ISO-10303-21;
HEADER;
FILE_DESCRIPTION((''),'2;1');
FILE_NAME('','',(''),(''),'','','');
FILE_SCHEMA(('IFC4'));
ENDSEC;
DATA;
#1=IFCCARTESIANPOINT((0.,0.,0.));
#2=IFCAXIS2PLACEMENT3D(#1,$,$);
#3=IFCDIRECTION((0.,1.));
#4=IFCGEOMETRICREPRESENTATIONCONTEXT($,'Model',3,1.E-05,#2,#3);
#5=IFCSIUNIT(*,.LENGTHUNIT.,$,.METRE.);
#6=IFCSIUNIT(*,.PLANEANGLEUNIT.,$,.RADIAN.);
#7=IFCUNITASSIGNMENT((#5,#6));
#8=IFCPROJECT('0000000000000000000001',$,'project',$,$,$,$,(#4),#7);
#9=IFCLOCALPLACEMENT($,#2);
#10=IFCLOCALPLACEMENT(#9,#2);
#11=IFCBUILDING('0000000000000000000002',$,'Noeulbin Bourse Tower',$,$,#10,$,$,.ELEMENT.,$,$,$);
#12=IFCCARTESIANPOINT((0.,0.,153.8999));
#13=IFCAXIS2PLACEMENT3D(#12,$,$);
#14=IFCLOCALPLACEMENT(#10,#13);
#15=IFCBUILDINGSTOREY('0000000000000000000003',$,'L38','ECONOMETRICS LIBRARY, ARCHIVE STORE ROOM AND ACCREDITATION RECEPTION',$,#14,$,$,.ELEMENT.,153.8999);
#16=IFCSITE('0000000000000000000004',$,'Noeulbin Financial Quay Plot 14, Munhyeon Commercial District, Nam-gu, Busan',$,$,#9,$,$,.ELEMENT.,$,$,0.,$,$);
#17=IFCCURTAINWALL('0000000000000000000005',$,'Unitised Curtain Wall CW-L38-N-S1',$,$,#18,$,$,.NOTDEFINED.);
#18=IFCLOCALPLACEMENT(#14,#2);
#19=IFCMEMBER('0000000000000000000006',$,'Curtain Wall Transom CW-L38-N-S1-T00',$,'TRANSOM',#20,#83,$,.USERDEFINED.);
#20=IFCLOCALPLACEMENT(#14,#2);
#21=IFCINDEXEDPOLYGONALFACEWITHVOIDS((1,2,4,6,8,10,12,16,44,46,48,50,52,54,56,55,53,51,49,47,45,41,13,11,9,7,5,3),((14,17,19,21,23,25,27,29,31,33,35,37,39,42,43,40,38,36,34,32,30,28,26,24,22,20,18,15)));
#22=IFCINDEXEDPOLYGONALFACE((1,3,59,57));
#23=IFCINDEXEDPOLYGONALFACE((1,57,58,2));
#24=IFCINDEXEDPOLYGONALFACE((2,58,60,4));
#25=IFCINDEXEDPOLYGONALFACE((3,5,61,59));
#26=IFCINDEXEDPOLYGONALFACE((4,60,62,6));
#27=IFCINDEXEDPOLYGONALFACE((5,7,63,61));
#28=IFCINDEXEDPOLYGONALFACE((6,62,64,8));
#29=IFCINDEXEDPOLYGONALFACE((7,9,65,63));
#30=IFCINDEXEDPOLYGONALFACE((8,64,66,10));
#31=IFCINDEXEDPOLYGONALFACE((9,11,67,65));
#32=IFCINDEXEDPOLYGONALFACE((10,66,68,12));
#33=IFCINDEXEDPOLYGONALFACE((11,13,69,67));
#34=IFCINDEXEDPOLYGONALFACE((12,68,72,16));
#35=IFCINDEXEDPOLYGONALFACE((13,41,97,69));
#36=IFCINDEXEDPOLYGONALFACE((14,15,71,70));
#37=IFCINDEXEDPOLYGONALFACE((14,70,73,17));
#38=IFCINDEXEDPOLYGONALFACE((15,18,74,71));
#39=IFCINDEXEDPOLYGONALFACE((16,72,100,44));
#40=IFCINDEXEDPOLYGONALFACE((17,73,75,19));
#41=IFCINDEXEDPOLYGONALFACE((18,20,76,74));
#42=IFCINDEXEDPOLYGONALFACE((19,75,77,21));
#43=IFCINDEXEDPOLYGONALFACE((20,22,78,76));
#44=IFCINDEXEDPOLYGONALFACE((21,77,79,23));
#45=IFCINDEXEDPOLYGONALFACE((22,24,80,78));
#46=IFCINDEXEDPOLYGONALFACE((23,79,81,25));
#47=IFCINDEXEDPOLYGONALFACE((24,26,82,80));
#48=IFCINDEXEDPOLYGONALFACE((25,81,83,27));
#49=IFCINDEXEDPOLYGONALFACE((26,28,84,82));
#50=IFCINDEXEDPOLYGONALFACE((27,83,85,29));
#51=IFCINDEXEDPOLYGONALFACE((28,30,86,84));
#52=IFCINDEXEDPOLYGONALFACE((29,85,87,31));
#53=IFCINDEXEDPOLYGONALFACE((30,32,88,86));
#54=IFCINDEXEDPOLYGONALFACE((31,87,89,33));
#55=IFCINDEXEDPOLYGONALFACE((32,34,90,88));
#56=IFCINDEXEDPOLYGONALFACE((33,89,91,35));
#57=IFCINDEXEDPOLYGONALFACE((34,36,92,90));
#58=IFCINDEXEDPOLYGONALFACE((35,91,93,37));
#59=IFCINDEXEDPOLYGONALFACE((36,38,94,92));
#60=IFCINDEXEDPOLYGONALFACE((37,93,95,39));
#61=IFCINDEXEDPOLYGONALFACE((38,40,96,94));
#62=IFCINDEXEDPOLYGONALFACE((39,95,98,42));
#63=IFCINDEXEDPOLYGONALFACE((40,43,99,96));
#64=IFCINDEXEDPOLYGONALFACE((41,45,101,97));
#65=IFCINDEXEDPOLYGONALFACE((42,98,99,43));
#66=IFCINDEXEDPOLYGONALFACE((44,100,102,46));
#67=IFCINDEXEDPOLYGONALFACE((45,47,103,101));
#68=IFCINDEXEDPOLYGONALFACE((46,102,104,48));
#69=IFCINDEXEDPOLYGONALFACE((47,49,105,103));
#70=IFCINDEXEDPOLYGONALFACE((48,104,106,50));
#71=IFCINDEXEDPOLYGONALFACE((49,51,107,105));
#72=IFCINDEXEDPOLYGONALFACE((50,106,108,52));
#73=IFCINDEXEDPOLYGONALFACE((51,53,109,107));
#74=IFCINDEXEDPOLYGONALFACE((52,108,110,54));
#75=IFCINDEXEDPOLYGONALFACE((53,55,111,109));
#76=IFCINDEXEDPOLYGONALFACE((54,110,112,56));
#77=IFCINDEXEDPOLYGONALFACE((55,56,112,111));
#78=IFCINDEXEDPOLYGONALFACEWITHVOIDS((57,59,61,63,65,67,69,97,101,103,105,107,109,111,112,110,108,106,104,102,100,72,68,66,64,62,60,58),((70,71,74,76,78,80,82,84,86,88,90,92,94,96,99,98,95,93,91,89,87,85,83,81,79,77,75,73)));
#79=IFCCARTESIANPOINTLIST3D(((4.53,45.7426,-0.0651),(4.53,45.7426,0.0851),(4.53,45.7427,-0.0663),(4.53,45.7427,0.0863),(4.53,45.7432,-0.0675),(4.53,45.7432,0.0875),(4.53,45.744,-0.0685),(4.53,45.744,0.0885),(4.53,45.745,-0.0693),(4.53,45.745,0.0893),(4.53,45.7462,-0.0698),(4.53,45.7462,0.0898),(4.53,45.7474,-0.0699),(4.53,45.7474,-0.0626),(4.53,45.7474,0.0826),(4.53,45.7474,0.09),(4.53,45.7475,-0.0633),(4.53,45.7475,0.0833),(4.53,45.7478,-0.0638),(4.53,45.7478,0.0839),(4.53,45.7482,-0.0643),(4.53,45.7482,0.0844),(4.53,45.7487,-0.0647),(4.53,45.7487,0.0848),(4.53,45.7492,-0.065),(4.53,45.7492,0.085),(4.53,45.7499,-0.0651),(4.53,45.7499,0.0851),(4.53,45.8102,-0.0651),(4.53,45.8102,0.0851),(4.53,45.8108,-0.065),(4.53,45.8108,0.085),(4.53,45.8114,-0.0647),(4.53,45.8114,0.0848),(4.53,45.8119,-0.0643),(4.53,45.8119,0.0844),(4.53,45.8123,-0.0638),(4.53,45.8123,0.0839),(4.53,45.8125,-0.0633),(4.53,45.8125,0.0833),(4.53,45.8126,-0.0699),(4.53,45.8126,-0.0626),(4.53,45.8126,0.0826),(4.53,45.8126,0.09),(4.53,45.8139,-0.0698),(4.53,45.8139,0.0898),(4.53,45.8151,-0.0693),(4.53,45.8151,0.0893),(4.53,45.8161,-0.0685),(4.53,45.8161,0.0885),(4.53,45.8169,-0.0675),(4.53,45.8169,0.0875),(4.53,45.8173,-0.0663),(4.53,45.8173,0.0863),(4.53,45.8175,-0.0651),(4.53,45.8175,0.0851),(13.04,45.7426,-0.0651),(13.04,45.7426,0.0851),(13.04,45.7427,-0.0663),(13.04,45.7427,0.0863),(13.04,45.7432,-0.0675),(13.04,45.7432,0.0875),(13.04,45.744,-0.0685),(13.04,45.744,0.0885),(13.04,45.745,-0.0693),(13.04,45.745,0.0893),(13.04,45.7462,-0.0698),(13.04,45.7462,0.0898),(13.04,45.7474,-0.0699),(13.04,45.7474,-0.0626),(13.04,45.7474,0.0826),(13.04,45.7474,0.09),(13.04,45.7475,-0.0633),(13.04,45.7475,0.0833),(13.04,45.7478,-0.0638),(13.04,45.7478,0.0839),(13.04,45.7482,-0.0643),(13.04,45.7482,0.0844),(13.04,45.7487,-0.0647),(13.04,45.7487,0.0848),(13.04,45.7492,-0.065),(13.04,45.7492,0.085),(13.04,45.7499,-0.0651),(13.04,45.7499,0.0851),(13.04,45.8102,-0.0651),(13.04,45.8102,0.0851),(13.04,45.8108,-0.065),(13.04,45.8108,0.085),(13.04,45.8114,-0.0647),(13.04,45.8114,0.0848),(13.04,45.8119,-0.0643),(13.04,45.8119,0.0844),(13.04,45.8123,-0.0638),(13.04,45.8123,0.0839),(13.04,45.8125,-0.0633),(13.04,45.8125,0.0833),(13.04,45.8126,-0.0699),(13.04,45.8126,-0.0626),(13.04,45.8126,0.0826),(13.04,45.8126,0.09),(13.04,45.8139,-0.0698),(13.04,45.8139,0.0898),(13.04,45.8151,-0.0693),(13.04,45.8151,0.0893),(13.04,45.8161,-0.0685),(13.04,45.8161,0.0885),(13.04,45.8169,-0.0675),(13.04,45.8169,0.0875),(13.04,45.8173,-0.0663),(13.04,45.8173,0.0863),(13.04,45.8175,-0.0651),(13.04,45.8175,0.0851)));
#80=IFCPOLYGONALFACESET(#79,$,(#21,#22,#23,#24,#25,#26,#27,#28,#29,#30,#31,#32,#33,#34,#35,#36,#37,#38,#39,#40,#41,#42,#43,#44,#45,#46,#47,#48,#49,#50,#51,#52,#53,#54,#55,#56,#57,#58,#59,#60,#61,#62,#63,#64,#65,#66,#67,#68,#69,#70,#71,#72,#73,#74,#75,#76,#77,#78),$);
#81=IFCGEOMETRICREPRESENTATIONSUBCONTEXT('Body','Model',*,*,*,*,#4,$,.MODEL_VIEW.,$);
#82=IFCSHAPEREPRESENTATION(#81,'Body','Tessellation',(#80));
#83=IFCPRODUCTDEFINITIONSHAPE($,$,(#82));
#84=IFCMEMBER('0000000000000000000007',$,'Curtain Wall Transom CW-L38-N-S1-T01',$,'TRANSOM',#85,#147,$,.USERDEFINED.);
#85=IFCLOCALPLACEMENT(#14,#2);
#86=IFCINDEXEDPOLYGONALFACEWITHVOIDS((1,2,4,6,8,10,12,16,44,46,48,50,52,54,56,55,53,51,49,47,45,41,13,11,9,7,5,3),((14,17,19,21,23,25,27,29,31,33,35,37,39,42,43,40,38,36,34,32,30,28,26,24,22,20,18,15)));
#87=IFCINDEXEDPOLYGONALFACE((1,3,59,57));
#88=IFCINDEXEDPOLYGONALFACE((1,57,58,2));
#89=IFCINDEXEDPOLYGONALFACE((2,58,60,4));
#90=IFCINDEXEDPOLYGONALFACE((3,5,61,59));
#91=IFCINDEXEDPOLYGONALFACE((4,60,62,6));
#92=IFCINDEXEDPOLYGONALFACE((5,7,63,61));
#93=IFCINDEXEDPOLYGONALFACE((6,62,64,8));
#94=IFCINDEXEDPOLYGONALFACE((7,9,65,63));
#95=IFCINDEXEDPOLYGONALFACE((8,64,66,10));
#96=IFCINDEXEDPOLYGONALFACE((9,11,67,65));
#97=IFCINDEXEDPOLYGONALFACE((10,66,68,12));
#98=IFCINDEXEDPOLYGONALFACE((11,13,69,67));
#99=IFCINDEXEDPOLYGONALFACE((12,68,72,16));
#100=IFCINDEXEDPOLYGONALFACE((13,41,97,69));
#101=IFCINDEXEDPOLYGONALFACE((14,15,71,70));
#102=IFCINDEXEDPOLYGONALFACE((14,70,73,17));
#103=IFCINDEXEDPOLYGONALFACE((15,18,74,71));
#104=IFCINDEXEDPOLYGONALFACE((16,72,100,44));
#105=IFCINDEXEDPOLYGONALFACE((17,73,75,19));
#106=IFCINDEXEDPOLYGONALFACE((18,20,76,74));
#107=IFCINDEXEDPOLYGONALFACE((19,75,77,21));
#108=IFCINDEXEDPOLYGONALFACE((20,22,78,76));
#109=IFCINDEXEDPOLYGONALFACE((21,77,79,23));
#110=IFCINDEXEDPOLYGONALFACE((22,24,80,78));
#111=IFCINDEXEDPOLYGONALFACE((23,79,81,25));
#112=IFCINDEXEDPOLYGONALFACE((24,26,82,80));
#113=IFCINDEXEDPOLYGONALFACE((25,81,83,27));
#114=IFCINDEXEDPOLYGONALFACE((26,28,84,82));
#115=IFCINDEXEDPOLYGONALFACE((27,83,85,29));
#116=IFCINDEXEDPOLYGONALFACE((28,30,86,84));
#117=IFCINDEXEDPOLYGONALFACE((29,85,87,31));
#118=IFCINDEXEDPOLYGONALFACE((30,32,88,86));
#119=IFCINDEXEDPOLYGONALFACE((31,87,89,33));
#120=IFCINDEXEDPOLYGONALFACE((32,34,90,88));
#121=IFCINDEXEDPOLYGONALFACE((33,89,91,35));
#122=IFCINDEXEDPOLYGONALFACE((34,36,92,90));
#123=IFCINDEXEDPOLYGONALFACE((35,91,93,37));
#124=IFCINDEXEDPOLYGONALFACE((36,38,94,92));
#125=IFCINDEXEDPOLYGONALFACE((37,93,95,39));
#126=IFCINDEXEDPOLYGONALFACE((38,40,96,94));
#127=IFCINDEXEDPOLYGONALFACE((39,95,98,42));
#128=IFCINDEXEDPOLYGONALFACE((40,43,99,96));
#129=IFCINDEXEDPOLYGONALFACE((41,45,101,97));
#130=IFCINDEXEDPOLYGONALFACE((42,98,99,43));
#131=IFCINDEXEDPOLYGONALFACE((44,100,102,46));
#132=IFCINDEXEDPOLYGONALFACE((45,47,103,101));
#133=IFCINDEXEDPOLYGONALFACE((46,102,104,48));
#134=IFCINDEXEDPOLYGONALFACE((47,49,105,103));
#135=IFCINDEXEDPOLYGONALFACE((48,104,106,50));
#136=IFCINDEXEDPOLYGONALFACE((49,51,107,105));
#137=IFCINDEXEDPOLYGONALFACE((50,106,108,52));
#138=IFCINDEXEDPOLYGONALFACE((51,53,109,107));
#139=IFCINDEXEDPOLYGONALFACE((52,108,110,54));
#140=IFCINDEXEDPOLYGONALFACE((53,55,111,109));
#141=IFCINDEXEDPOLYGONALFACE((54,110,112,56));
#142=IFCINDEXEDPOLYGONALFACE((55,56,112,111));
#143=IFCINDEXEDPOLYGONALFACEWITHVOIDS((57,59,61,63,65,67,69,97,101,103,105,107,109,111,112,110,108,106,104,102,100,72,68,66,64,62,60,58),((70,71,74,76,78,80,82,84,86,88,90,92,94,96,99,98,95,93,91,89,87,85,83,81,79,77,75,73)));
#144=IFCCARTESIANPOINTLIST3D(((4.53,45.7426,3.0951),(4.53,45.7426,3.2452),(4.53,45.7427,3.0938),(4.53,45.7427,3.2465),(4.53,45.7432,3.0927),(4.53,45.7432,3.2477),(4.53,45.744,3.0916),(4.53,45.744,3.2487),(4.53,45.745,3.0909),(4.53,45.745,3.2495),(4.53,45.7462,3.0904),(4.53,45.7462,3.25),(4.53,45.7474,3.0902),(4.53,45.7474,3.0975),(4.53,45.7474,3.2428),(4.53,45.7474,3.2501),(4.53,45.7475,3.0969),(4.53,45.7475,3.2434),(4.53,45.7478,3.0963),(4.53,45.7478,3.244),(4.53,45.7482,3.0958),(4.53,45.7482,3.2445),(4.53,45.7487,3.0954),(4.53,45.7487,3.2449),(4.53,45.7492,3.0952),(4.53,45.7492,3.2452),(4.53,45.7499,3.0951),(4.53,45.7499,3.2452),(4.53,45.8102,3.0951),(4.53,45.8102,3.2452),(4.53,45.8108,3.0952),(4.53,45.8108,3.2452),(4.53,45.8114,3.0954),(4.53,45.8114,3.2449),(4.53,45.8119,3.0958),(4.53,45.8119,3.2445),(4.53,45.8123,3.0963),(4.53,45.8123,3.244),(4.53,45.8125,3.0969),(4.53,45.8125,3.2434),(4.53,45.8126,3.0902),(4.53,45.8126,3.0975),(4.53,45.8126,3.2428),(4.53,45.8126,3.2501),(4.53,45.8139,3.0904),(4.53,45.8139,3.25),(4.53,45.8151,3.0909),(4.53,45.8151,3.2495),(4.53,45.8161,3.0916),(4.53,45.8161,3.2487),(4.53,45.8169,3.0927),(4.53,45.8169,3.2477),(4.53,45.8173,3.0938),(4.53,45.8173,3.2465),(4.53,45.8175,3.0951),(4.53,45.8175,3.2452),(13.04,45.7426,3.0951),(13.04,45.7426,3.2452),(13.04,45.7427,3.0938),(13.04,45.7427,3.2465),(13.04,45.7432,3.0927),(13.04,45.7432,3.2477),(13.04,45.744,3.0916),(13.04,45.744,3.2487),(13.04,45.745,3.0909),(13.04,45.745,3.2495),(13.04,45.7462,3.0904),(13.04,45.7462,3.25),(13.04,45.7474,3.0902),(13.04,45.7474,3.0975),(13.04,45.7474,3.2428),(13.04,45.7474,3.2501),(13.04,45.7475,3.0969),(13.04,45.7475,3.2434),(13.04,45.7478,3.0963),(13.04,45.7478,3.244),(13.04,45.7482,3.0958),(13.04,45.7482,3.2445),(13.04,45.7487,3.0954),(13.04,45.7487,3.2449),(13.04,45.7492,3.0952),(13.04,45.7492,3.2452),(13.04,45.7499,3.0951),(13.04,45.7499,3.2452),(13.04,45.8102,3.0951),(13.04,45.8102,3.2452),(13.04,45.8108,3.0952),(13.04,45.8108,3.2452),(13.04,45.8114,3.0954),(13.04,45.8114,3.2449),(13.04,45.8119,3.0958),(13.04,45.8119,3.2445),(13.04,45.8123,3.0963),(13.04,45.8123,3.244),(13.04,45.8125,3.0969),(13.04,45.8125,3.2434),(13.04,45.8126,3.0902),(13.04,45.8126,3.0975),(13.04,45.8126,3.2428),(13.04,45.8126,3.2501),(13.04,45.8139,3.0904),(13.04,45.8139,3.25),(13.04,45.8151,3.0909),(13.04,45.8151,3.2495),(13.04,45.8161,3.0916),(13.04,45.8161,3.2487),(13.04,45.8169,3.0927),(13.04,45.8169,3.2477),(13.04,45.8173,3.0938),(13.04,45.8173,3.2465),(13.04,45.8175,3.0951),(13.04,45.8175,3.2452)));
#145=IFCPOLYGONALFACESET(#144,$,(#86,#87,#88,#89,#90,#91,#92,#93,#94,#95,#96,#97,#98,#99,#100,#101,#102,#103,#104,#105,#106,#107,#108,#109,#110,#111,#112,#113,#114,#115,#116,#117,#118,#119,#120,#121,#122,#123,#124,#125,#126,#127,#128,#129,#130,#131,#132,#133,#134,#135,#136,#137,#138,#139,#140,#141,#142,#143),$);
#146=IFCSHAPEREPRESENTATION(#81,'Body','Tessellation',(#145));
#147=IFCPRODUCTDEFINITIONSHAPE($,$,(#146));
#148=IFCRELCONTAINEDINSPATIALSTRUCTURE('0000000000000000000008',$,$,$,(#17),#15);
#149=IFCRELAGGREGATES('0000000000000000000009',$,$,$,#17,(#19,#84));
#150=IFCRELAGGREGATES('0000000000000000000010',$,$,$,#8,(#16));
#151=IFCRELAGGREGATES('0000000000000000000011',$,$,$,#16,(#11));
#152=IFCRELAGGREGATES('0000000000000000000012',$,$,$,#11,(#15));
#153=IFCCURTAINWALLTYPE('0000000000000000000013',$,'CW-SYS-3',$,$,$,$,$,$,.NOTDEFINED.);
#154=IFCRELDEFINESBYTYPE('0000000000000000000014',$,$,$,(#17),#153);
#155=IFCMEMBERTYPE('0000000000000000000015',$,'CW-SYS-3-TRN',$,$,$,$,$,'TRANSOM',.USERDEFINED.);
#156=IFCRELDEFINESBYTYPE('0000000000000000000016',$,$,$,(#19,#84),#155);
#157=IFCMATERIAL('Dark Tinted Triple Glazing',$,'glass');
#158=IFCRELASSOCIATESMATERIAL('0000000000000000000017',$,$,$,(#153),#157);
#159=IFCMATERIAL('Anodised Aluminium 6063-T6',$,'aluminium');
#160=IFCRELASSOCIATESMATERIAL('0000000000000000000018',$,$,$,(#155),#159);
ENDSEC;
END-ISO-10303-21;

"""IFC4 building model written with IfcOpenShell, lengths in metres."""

from ifc_helpers import new_model, si_unit, direction, frame, origin, origin_2d, place, context, subcontext, project, spatial, hollow_rectangle, extrude, material, material_profile, profile_set, type_object, element, aggregate, save


model = new_model("IFC4")

# Units and contexts
model_context = context("Model", 3, precision=1e-05, world=origin(), true_north=direction((0.0, 1.0)))
body_context = subcontext(model_context, "Body", "Model", "MODEL_VIEW")
ifc_project = project(units=[si_unit("LENGTHUNIT", "METRE"), si_unit("PLANEANGLEUNIT", "RADIAN")], contexts=[model_context])

# Site, building, storey
site_placement = place(None, origin())
site = spatial("IfcSite", under=ifc_project, at=site_placement, Name="Noeulbin Financial Quay Plot 14, Munhyeon Commercial District, Nam-gu, Busan", CompositionType="ELEMENT", RefElevation=0.0)
building_placement = place(site_placement, origin())
building = spatial("IfcBuilding", under=site, at=building_placement, Name="Noeulbin Bourse Tower", CompositionType="ELEMENT")
storey_placement = place(building_placement, frame((0.0, 0.0, 153.8999)))
storey = spatial("IfcBuildingStorey", under=building, at=storey_placement, Name="L38", Description="ECONOMETRICS LIBRARY, ARCHIVE STORE ROOM AND ACCREDITATION RECEPTION", CompositionType="ELEMENT", Elevation=153.8999)

# Curtain wall
ifc_material_1 = material(Name="Dark Tinted Triple Glazing", Category="glass")
curtain_wall_type = type_object("IfcCurtainWallType", Name="CW-SYS-3", PredefinedType="NOTDEFINED", material=ifc_material_1)
curtain_wall_1_placement = place(storey_placement, origin())
curtain_wall_1 = element("IfcCurtainWall", 1, at=curtain_wall_1_placement, inside=storey, type_object=curtain_wall_type, Name="Unitised Curtain Wall CW-L38-N-S1", PredefinedType="NOTDEFINED")
ifc_material_2 = material(Name="Anodised Aluminium 6063-T6", Category="aluminium")

# Members
ifc_material_profile_1 = material_profile(ifc_material_2, hollow_rectangle(XDim=0.075, YDim=0.1599, WallThickness=0.0049, InnerFilletRadius=0.0024, OuterFilletRadius=0.0049, at=origin_2d()), Name="ALU-TRAN-75x160x5", Category="LoadBearing")
ifc_profile_set_1 = profile_set([ifc_material_profile_1], Name="Anodised Aluminium 6063-T6")
member_type_1 = type_object("IfcMemberType", Name="CW-SYS-3-TRN", ElementType="TRANSOM", PredefinedType="USERDEFINED", material=ifc_profile_set_1)
member_1_placement = place(storey_placement, frame((4.53, 45.78, 0.01), z_axis=(1.0, 0.0, 0.0), x_axis=(0.0, 1.0, 0.0)))
member_1 = element("IfcMember", 2, at=member_1_placement, type_object=member_type_1, Name="Curtain Wall Transom CW-L38-N-S1-T00", ObjectType="TRANSOM", PredefinedType="USERDEFINED", context=body_context, shape_type="SweptSolid", body=[
    extrude(hollow_rectangle(XDim=0.075, YDim=0.1599, WallThickness=0.0049, InnerFilletRadius=0.0024, OuterFilletRadius=0.0049, at=origin_2d()), origin(), (0.0, 0.0, 1.0), 8.51),
])
member_2_placement = place(storey_placement, frame((4.53, 45.78, 3.1702), z_axis=(1.0, 0.0, 0.0), x_axis=(0.0, 1.0, 0.0)))
member_2 = element("IfcMember", 3, at=member_2_placement, type_object=member_type_1, Name="Curtain Wall Transom CW-L38-N-S1-T01", ObjectType="TRANSOM", PredefinedType="USERDEFINED", context=body_context, shape_type="SweptSolid", body=[
    extrude(hollow_rectangle(XDim=0.075, YDim=0.1599, WallThickness=0.0049, InnerFilletRadius=0.0024, OuterFilletRadius=0.0049, at=origin_2d()), origin(), (0.0, 0.0, 1.0), 8.51),
])

aggregate(curtain_wall_1, [member_1, member_2])

save(model, "model.ifc")
